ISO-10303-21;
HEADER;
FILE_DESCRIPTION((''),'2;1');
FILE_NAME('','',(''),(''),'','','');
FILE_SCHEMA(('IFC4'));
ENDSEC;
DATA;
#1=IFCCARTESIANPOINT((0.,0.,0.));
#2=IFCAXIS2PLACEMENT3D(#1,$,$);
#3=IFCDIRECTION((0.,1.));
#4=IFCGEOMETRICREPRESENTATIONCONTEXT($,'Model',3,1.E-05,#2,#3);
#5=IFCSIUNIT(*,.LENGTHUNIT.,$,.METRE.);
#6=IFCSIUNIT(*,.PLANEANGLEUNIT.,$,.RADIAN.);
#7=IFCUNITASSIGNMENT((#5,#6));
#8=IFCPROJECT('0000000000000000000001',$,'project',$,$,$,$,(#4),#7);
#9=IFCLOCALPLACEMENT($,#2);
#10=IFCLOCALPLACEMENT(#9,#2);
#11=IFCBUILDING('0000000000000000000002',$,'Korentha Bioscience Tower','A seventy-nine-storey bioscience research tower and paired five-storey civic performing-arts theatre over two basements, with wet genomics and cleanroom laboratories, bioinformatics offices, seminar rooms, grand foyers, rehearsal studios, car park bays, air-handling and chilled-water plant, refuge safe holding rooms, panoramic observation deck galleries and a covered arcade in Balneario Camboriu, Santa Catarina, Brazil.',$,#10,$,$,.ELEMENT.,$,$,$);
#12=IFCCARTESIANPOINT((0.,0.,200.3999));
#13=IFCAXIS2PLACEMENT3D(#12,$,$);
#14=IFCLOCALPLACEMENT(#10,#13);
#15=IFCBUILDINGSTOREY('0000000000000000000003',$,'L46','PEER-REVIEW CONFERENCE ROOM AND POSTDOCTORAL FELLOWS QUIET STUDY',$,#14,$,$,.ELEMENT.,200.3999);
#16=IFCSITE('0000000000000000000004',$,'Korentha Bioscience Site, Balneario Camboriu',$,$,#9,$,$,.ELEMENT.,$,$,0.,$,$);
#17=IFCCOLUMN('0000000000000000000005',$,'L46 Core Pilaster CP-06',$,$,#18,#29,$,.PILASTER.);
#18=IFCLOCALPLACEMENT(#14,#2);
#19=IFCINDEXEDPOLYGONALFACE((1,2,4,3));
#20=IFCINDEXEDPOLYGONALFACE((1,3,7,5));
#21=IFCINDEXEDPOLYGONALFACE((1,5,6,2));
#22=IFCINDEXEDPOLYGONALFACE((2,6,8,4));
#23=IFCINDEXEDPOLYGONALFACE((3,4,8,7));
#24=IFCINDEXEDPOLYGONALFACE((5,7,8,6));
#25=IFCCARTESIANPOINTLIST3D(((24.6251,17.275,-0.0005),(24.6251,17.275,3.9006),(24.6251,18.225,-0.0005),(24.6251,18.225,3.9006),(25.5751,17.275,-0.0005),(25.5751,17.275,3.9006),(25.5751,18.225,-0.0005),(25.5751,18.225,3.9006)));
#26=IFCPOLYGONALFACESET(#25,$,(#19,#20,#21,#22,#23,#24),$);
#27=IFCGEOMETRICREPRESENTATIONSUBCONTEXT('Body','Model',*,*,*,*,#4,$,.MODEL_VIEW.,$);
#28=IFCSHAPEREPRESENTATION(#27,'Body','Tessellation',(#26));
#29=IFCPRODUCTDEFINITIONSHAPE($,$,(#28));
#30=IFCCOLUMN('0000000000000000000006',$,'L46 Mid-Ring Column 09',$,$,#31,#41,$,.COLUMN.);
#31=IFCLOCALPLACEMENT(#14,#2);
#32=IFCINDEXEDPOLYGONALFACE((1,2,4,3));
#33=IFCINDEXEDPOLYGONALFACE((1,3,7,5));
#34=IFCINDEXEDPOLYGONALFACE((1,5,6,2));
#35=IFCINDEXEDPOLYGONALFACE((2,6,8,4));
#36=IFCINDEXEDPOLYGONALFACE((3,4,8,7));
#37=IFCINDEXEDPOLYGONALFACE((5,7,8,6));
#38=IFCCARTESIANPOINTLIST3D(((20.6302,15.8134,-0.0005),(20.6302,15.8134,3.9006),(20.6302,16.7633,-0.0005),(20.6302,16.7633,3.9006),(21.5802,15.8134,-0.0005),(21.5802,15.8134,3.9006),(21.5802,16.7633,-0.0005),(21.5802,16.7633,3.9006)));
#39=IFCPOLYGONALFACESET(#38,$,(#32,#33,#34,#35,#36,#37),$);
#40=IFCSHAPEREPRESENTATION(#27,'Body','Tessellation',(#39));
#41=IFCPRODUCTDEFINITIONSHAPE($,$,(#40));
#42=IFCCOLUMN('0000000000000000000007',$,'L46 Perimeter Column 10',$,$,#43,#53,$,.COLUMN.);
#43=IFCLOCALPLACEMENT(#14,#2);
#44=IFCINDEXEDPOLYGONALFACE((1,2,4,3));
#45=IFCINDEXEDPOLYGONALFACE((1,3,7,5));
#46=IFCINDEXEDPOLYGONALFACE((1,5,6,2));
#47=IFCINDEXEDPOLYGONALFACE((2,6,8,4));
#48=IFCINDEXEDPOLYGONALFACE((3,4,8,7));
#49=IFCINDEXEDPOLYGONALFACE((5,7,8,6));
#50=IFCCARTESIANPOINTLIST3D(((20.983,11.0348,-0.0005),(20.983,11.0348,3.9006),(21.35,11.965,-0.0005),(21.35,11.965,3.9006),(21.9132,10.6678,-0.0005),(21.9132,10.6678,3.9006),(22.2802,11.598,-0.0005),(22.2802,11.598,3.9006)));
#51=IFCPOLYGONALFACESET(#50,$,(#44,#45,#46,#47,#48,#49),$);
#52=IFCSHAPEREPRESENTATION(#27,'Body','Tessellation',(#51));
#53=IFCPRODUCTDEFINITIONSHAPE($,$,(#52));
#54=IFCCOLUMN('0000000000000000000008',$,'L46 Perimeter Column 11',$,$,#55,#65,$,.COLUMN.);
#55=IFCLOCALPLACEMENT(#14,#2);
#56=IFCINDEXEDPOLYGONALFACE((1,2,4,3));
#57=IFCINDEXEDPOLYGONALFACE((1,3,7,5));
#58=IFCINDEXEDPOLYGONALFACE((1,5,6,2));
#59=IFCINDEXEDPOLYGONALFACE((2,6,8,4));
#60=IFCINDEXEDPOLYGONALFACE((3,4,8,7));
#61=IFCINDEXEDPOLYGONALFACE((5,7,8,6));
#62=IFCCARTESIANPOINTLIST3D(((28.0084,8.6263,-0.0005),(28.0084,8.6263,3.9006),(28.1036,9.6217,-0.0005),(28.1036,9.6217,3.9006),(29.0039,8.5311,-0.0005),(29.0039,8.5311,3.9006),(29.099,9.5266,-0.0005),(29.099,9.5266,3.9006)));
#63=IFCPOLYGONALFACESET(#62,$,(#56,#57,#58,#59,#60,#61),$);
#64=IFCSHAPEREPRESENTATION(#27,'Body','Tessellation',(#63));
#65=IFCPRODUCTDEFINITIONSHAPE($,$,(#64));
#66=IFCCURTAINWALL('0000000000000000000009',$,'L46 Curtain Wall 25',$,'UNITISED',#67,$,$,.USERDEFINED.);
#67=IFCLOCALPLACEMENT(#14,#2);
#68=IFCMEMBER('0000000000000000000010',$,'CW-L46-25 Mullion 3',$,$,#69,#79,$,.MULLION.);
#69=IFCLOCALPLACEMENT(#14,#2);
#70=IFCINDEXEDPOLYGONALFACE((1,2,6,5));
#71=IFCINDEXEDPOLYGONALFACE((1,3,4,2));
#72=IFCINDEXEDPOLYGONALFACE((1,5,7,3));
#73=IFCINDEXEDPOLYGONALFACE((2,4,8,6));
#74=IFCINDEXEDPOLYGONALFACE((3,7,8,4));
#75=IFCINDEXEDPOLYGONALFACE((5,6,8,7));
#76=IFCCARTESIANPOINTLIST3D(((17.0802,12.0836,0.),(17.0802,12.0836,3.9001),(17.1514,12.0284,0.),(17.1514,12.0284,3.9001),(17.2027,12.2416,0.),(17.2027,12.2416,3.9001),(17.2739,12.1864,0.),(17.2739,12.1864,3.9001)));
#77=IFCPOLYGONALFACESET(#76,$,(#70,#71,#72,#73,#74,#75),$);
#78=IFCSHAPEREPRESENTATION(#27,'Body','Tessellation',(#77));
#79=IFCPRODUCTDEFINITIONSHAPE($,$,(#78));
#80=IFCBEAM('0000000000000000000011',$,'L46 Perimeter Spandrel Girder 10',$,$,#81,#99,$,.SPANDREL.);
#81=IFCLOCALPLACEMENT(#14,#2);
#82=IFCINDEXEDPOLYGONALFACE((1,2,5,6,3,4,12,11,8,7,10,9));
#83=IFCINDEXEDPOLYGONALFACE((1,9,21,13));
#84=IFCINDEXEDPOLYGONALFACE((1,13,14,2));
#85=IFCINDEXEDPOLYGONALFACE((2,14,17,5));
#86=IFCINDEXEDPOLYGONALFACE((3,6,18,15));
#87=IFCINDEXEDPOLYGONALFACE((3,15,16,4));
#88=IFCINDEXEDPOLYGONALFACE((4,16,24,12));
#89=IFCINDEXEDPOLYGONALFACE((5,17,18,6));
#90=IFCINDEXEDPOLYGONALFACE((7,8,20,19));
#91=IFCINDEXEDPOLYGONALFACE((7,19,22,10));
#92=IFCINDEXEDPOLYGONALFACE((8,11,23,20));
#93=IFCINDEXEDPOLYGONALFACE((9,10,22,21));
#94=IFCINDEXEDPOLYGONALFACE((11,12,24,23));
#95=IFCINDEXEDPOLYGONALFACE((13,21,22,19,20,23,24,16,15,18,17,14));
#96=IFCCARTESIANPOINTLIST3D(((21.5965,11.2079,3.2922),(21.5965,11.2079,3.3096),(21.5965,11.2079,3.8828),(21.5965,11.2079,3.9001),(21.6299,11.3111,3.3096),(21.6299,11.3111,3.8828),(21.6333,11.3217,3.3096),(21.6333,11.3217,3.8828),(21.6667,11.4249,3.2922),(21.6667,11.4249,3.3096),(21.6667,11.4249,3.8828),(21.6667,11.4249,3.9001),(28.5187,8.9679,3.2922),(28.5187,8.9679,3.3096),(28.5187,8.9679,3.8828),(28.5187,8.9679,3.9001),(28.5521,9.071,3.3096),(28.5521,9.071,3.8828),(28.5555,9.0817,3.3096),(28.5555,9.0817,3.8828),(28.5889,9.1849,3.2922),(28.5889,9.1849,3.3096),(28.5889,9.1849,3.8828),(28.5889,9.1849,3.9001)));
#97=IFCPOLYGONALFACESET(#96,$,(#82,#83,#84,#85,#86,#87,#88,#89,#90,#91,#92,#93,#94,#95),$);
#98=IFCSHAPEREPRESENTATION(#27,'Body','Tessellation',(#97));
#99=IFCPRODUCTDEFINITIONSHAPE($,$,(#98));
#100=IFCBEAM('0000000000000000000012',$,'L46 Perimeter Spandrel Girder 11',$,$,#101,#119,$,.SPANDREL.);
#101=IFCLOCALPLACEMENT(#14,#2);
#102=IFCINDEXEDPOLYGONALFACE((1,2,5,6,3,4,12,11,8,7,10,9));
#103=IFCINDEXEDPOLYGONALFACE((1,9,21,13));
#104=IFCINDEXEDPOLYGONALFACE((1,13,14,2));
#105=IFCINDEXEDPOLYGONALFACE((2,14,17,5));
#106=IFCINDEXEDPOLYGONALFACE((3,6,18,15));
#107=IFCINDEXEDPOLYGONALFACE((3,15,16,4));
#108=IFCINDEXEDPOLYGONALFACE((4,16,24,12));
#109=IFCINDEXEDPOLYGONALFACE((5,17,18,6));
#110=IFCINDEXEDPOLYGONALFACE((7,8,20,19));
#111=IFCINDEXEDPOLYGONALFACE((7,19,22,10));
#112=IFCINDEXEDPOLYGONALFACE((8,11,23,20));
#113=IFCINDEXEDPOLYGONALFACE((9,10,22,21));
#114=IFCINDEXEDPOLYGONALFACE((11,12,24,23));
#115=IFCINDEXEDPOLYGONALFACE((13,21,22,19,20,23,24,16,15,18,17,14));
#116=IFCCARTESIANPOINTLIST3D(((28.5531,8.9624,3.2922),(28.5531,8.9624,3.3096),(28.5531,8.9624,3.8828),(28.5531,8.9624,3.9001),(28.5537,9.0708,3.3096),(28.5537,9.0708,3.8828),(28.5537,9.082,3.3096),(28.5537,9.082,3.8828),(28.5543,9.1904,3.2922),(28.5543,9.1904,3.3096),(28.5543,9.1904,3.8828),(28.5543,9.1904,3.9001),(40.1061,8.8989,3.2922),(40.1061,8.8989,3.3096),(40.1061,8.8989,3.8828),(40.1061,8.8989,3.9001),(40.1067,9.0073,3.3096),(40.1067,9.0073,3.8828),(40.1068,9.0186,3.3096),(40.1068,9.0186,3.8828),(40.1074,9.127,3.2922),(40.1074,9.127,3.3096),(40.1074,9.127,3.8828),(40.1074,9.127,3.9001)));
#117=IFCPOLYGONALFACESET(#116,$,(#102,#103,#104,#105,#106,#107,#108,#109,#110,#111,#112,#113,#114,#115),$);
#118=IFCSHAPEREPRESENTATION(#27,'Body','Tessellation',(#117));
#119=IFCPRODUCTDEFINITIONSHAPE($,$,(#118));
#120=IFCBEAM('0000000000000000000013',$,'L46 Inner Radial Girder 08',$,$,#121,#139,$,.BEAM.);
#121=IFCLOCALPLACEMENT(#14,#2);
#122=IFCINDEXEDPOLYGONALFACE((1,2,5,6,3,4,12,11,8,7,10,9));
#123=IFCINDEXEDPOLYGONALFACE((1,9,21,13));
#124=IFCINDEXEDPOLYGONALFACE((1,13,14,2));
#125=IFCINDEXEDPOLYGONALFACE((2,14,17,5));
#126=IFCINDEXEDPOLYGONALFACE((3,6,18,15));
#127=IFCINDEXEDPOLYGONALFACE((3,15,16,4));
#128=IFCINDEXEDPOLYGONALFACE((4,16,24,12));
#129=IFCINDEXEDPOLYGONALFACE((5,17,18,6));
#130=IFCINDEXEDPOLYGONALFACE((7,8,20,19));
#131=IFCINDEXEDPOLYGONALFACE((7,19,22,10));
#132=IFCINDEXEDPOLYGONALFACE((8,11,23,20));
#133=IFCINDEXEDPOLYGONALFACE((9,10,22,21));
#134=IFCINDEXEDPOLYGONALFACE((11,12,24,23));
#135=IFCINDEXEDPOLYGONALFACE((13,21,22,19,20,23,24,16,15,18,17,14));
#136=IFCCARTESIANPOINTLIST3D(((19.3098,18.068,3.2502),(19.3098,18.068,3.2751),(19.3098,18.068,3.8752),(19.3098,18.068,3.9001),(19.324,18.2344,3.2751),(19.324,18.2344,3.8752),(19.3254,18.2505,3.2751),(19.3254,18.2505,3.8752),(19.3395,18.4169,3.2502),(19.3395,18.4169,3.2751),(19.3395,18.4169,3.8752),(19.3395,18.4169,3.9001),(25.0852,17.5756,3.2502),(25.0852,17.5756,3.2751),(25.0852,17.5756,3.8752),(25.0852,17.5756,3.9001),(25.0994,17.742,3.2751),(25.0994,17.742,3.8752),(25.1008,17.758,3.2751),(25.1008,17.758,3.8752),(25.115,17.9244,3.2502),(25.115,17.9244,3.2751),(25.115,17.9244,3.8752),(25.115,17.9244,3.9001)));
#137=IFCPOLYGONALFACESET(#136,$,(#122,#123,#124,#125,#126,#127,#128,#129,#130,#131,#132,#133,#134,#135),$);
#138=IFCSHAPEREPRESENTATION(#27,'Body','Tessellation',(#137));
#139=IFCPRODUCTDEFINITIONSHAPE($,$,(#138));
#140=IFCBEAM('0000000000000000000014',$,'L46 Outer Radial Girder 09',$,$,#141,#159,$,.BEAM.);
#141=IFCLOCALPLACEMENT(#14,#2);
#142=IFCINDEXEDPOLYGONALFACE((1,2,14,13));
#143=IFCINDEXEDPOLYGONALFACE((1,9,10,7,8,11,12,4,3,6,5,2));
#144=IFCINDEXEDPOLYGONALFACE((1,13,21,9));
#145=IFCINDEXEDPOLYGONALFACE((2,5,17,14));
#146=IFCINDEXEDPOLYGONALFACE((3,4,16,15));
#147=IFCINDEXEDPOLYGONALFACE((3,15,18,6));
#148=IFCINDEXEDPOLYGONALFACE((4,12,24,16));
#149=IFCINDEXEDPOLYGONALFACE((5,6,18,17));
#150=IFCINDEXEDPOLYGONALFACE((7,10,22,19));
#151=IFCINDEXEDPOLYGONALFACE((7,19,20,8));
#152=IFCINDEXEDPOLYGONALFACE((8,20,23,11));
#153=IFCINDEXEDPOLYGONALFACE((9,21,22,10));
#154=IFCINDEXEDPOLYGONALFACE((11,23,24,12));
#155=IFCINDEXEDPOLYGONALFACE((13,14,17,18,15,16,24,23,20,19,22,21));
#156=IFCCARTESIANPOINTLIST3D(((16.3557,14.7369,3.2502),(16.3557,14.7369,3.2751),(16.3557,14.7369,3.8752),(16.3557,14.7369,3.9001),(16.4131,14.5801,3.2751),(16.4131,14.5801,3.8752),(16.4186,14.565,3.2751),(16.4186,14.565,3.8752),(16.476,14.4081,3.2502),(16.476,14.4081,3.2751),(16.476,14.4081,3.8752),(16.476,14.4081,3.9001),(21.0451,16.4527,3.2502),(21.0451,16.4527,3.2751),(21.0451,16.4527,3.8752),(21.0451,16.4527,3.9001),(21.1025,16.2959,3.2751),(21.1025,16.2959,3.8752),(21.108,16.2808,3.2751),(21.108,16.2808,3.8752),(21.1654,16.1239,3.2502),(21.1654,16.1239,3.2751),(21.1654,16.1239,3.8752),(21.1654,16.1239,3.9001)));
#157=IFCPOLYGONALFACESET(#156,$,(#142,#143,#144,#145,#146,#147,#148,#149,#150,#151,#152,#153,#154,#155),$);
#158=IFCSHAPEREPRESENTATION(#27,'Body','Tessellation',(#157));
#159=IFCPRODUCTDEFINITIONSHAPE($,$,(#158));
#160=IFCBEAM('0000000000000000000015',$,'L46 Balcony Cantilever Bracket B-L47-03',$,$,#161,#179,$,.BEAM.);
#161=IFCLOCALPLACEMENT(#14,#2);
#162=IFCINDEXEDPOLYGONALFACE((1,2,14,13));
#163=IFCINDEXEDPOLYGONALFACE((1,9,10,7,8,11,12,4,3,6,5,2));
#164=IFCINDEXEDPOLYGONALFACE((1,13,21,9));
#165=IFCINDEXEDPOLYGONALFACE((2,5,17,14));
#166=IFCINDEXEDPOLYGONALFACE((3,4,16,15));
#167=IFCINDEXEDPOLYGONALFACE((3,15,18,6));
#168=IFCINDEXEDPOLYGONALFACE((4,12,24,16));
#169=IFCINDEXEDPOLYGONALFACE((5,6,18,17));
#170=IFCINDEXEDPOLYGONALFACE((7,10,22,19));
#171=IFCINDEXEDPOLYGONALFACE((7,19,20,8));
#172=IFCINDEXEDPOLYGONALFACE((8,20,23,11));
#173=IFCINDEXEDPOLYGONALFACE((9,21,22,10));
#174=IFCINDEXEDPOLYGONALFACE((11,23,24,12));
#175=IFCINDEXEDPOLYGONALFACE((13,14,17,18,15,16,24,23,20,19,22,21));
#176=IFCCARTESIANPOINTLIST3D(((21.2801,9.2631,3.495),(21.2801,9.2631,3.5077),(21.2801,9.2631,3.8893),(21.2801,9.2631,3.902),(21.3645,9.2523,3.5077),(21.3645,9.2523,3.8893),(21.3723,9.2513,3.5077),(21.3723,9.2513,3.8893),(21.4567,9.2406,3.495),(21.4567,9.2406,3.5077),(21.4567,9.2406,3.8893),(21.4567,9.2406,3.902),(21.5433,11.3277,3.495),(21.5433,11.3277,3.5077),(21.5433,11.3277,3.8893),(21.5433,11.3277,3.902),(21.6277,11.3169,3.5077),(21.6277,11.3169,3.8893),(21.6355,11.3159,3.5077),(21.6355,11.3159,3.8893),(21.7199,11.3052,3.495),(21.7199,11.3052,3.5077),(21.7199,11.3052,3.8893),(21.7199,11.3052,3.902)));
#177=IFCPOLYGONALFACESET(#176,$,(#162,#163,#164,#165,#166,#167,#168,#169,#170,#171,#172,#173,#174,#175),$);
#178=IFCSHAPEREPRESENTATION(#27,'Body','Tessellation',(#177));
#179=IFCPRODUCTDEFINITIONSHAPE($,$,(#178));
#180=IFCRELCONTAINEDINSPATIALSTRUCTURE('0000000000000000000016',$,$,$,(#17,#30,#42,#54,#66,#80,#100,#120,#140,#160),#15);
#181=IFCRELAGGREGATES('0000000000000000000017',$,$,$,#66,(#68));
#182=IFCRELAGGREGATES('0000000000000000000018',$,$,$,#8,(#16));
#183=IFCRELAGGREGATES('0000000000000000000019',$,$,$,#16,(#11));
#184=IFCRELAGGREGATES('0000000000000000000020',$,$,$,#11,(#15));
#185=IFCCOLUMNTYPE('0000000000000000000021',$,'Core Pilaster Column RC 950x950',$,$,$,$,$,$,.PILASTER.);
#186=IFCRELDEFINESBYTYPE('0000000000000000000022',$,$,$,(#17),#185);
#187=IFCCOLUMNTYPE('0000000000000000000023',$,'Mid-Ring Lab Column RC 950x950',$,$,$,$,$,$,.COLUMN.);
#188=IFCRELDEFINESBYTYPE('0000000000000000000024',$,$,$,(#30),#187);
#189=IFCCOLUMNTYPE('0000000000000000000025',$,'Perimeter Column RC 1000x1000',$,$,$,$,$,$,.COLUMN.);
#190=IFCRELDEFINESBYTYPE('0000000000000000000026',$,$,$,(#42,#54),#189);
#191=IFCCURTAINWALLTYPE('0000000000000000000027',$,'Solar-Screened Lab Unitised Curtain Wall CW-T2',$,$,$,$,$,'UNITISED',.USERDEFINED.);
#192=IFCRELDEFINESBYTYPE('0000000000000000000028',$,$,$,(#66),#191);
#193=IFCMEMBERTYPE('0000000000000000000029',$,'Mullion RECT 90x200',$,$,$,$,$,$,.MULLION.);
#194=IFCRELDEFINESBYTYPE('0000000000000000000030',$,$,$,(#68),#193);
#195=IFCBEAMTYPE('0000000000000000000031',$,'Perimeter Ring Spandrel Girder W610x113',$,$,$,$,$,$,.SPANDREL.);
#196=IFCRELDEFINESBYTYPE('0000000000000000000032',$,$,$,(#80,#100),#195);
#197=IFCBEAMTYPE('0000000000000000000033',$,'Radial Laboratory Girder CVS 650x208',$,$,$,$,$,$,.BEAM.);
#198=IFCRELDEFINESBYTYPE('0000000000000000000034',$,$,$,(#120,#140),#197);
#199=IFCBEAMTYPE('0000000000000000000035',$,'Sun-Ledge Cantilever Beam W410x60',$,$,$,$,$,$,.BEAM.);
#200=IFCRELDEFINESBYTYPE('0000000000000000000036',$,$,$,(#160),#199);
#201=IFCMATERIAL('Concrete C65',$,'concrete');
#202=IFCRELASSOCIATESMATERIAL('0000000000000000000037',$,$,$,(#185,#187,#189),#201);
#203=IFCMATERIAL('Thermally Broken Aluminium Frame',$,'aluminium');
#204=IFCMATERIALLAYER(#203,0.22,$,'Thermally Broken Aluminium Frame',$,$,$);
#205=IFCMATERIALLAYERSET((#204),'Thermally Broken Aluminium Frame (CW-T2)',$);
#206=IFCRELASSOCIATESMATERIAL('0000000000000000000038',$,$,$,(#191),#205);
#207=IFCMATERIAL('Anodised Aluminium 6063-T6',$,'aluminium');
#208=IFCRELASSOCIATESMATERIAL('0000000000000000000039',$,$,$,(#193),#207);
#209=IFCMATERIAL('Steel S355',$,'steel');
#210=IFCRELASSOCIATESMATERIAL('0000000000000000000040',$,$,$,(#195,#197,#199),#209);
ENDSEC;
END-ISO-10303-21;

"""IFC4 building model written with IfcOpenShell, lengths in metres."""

from ifc_helpers import new_model, si_unit, direction, frame, origin, origin_2d, place, context, subcontext, project, spatial, rectangle, i_section, extrude, material, layer, layer_set, material_profile, profile_set, type_object, element, aggregate, save


model = new_model("IFC4")

# Units and contexts
model_context = context("Model", 3, precision=1e-05, world=origin(), true_north=direction((0.0, 1.0)))
body_context = subcontext(model_context, "Body", "Model", "MODEL_VIEW")
ifc_project = project(units=[si_unit("LENGTHUNIT", "METRE"), si_unit("PLANEANGLEUNIT", "RADIAN")], contexts=[model_context])

# Site, building, storey
site_placement = place(None, origin())
site = spatial("IfcSite", under=ifc_project, at=site_placement, Name="Korentha Bioscience Site, Balneario Camboriu", CompositionType="ELEMENT", RefElevation=0.0)
building_placement = place(site_placement, origin())
building = spatial("IfcBuilding", under=site, at=building_placement, Name="Korentha Bioscience Tower", Description="A seventy-nine-storey bioscience research tower and paired five-storey civic performing-arts theatre over two basements, with wet genomics and cleanroom laboratories, bioinformatics offices, seminar rooms, grand foyers, rehearsal studios, car park bays, air-handling and chilled-water plant, refuge safe holding rooms, panoramic observation deck galleries and a covered arcade in Balneario Camboriu, Santa Catarina, Brazil.", CompositionType="ELEMENT")
storey_placement = place(building_placement, frame((0.0, 0.0, 200.3999)))
storey = spatial("IfcBuildingStorey", under=building, at=storey_placement, Name="L46", Description="PEER-REVIEW CONFERENCE ROOM AND POSTDOCTORAL FELLOWS QUIET STUDY", CompositionType="ELEMENT", Elevation=200.3999)

# Columns
ifc_material_1 = material(Name="Concrete C65", Category="concrete")
ifc_material_profile_1 = material_profile(ifc_material_1, rectangle(XDim=0.95, YDim=0.95, at=origin_2d()), Name="Concrete C65")
ifc_profile_set_1 = profile_set([ifc_material_profile_1], Name="Concrete C65 (COL-CP09)")
column_type_1 = type_object("IfcColumnType", Name="Core Pilaster Column RC 950x950", PredefinedType="PILASTER", material=ifc_profile_set_1)
column_1_placement = place(storey_placement, frame((25.1001, 17.75, -0.0005), z_axis=(0.0, 0.0, 1.0), x_axis=(1.0, 0.0, 0.0)))
element("IfcColumn", 1, at=column_1_placement, inside=storey, type_object=column_type_1, Name="L46 Core Pilaster CP-06", PredefinedType="PILASTER", context=body_context, shape_type="SweptSolid", body=[
    extrude(rectangle(XDim=0.95, YDim=0.95, at=origin_2d()), origin(), (0.0, 0.0, 1.0), 3.9011),
])
ifc_material_profile_2 = material_profile(ifc_material_1, rectangle(XDim=0.95, YDim=0.95, at=origin_2d()), Name="Concrete C65")
ifc_profile_set_2 = profile_set([ifc_material_profile_2], Name="Concrete C65 (COL-MR09)")
column_type_2 = type_object("IfcColumnType", Name="Mid-Ring Lab Column RC 950x950", PredefinedType="COLUMN", material=ifc_profile_set_2)
column_2_placement = place(storey_placement, frame((21.1052, 16.2883, -0.0005), z_axis=(0.0, 0.0, 1.0), x_axis=(1.0, 0.0, 0.0)))
element("IfcColumn", 2, at=column_2_placement, inside=storey, type_object=column_type_2, Name="L46 Mid-Ring Column 09", PredefinedType="COLUMN", context=body_context, shape_type="SweptSolid", body=[
    extrude(rectangle(XDim=0.95, YDim=0.95, at=origin_2d()), origin(), (0.0, 0.0, 1.0), 3.9011),
])
ifc_material_profile_3 = material_profile(ifc_material_1, rectangle(XDim=1.0, YDim=1.0, at=origin_2d()), Name="Concrete C65")
ifc_profile_set_3 = profile_set([ifc_material_profile_3], Name="Concrete C65 (COL-P10)")
column_type_3 = type_object("IfcColumnType", Name="Perimeter Column RC 1000x1000", PredefinedType="COLUMN", material=ifc_profile_set_3)
for number, where, z_axis, x_axis, name in (
    (3, (21.6316, 11.3164, -0.0005), (0.0, 0.0, 1.0), (-0.930226, 0.366988, 0.0), "L46 Perimeter Column 10"),
    (4, (28.5537, 9.0764, -0.0005), (0.0, 0.0, 1.0), (-0.995463, 0.095151, 0.0), "L46 Perimeter Column 11"),
):
    element("IfcColumn", number, at=place(storey_placement, frame(where, z_axis=z_axis, x_axis=x_axis)), inside=storey, type_object=column_type_3, Name=name, PredefinedType="COLUMN", context=body_context, shape_type="SweptSolid", body=[
        extrude(rectangle(XDim=1.0, YDim=1.0, at=origin_2d()), origin(), (0.0, 0.0, 1.0), 3.9011),
    ])

# Curtain wall, member
ifc_material_2 = material(Name="Thermally Broken Aluminium Frame", Category="aluminium")
ifc_layer_1 = layer(ifc_material_2, 0.22, Name="Thermally Broken Aluminium Frame")
ifc_layer_set_1 = layer_set([ifc_layer_1], Name="Thermally Broken Aluminium Frame (CW-T2)")
curtain_wall_type = type_object("IfcCurtainWallType", Name="Solar-Screened Lab Unitised Curtain Wall CW-T2", ElementType="UNITISED", PredefinedType="USERDEFINED", material=ifc_layer_set_1)
curtain_wall_placement = place(storey_placement, origin())
curtain_wall = element("IfcCurtainWall", 5, at=curtain_wall_placement, inside=storey, type_object=curtain_wall_type, Name="L46 Curtain Wall 25", ObjectType="UNITISED", PredefinedType="USERDEFINED")
ifc_material_3 = material(Name="Anodised Aluminium 6063-T6", Category="aluminium")
ifc_material_profile_4 = material_profile(ifc_material_3, rectangle(XDim=0.0901, YDim=0.2, at=origin_2d()), Name="Anodised Aluminium 6063-T6")
ifc_profile_set_4 = profile_set([ifc_material_profile_4], Name="Anodised Aluminium 6063-T6 (CW-MUL)")
member_type = type_object("IfcMemberType", Name="Mullion RECT 90x200", PredefinedType="MULLION", material=ifc_profile_set_4)
member_placement = place(storey_placement, frame((17.177, 12.135, 0.0), z_axis=(0.0, 0.0, 1.0), x_axis=(0.790346, -0.612661, 0.0)))
member = element("IfcMember", 6, at=member_placement, type_object=member_type, Name="CW-L46-25 Mullion 3", PredefinedType="MULLION", context=body_context, shape_type="SweptSolid", body=[
    extrude(rectangle(XDim=0.0901, YDim=0.2, at=origin_2d()), origin(), (0.0, 0.0, 1.0), 3.9001),
])

# Beams
ifc_material_4 = material(Name="Steel S355", Category="steel")
ifc_material_profile_5 = material_profile(ifc_material_4, i_section(OverallWidth=0.228, OverallDepth=0.6079, WebThickness=0.0112, FlangeThickness=0.0173, at=origin_2d()), Name="Steel S355")
ifc_profile_set_5 = profile_set([ifc_material_profile_5], Name="Steel S355 (SB-610)")
beam_type_1 = type_object("IfcBeamType", Name="Perimeter Ring Spandrel Girder W610x113", PredefinedType="SPANDREL", material=ifc_profile_set_5)
beam_1_placement = place(storey_placement, frame((21.6316, 11.3164, 3.5962), z_axis=(0.951425, -0.30788, 0.0), x_axis=(0.30788, 0.951425, 0.0)))
element("IfcBeam", 7, at=beam_1_placement, inside=storey, type_object=beam_type_1, Name="L46 Perimeter Spandrel Girder 10", PredefinedType="SPANDREL", context=body_context, shape_type="SweptSolid", body=[
    extrude(i_section(OverallWidth=0.228, OverallDepth=0.6079, WebThickness=0.0112, FlangeThickness=0.0173, at=origin_2d()), origin(), (0.0, 0.0, 1.0), 7.2756),
])
beam_2_placement = place(storey_placement, frame((28.5537, 9.0764, 3.5962), z_axis=(0.999985, -0.005494, 0.0), x_axis=(0.005494, 0.999985, 0.0)))
element("IfcBeam", 8, at=beam_2_placement, inside=storey, type_object=beam_type_1, Name="L46 Perimeter Spandrel Girder 11", PredefinedType="SPANDREL", context=body_context, shape_type="SweptSolid", body=[
    extrude(i_section(OverallWidth=0.228, OverallDepth=0.6079, WebThickness=0.0112, FlangeThickness=0.0173, at=origin_2d()), origin(), (0.0, 0.0, 1.0), 11.5532),
])
ifc_material_profile_6 = material_profile(ifc_material_4, i_section(OverallWidth=0.3501, OverallDepth=0.6499, WebThickness=0.0161, FlangeThickness=0.0249, at=origin_2d()), Name="Steel S355")
ifc_profile_set_6 = profile_set([ifc_material_profile_6], Name="Steel S355 (RB-650)")
beam_type_2 = type_object("IfcBeamType", Name="Radial Laboratory Girder CVS 650x208", PredefinedType="BEAM", material=ifc_profile_set_6)
beam_3_placement = place(storey_placement, frame((25.1001, 17.75, 3.5752), z_axis=(-0.996385, 0.084956, 0.0), x_axis=(-0.084956, -0.996385, 0.0)))
element("IfcBeam", 9, at=beam_3_placement, inside=storey, type_object=beam_type_2, Name="L46 Inner Radial Girder 08", PredefinedType="BEAM", context=body_context, shape_type="SweptSolid", body=[
    extrude(i_section(OverallWidth=0.3501, OverallDepth=0.6499, WebThickness=0.0161, FlangeThickness=0.0249, at=origin_2d()), origin(), (0.0, 0.0, 1.0), 5.7964),
])
beam_4_placement = place(storey_placement, frame((21.1052, 16.2883, 3.5752), z_axis=(-0.939112, -0.343611, 0.0), x_axis=(0.343611, -0.939112, 0.0)))
element("IfcBeam", 10, at=beam_4_placement, inside=storey, type_object=beam_type_2, Name="L46 Outer Radial Girder 09", PredefinedType="BEAM", context=body_context, shape_type="SweptSolid", body=[
    extrude(i_section(OverallWidth=0.3501, OverallDepth=0.6499, WebThickness=0.0161, FlangeThickness=0.0249, at=origin_2d()), origin(), (0.0, 0.0, 1.0), 4.9934),
])
ifc_material_profile_7 = material_profile(ifc_material_4, i_section(OverallWidth=0.178, OverallDepth=0.407, WebThickness=0.0078, FlangeThickness=0.0127, at=origin_2d()), Name="Steel S355")
ifc_profile_set_7 = profile_set([ifc_material_profile_7], Name="Steel S355 (CB-410)")
beam_type_3 = type_object("IfcBeamType", Name="Sun-Ledge Cantilever Beam W410x60", PredefinedType="BEAM", material=ifc_profile_set_7)
beam_5_placement = place(storey_placement, frame((21.6316, 11.3164, 3.6985), z_axis=(-0.126445, -0.991974, 0.0), x_axis=(0.991974, -0.126445, 0.0)))
element("IfcBeam", 11, at=beam_5_placement, inside=storey, type_object=beam_type_3, Name="L46 Balcony Cantilever Bracket B-L47-03", PredefinedType="BEAM", context=body_context, shape_type="SweptSolid", body=[
    extrude(i_section(OverallWidth=0.178, OverallDepth=0.407, WebThickness=0.0078, FlangeThickness=0.0127, at=origin_2d()), origin(), (0.0, 0.0, 1.0), 2.0813),
])

aggregate(curtain_wall, [member])

save(model, "model.ifc")
